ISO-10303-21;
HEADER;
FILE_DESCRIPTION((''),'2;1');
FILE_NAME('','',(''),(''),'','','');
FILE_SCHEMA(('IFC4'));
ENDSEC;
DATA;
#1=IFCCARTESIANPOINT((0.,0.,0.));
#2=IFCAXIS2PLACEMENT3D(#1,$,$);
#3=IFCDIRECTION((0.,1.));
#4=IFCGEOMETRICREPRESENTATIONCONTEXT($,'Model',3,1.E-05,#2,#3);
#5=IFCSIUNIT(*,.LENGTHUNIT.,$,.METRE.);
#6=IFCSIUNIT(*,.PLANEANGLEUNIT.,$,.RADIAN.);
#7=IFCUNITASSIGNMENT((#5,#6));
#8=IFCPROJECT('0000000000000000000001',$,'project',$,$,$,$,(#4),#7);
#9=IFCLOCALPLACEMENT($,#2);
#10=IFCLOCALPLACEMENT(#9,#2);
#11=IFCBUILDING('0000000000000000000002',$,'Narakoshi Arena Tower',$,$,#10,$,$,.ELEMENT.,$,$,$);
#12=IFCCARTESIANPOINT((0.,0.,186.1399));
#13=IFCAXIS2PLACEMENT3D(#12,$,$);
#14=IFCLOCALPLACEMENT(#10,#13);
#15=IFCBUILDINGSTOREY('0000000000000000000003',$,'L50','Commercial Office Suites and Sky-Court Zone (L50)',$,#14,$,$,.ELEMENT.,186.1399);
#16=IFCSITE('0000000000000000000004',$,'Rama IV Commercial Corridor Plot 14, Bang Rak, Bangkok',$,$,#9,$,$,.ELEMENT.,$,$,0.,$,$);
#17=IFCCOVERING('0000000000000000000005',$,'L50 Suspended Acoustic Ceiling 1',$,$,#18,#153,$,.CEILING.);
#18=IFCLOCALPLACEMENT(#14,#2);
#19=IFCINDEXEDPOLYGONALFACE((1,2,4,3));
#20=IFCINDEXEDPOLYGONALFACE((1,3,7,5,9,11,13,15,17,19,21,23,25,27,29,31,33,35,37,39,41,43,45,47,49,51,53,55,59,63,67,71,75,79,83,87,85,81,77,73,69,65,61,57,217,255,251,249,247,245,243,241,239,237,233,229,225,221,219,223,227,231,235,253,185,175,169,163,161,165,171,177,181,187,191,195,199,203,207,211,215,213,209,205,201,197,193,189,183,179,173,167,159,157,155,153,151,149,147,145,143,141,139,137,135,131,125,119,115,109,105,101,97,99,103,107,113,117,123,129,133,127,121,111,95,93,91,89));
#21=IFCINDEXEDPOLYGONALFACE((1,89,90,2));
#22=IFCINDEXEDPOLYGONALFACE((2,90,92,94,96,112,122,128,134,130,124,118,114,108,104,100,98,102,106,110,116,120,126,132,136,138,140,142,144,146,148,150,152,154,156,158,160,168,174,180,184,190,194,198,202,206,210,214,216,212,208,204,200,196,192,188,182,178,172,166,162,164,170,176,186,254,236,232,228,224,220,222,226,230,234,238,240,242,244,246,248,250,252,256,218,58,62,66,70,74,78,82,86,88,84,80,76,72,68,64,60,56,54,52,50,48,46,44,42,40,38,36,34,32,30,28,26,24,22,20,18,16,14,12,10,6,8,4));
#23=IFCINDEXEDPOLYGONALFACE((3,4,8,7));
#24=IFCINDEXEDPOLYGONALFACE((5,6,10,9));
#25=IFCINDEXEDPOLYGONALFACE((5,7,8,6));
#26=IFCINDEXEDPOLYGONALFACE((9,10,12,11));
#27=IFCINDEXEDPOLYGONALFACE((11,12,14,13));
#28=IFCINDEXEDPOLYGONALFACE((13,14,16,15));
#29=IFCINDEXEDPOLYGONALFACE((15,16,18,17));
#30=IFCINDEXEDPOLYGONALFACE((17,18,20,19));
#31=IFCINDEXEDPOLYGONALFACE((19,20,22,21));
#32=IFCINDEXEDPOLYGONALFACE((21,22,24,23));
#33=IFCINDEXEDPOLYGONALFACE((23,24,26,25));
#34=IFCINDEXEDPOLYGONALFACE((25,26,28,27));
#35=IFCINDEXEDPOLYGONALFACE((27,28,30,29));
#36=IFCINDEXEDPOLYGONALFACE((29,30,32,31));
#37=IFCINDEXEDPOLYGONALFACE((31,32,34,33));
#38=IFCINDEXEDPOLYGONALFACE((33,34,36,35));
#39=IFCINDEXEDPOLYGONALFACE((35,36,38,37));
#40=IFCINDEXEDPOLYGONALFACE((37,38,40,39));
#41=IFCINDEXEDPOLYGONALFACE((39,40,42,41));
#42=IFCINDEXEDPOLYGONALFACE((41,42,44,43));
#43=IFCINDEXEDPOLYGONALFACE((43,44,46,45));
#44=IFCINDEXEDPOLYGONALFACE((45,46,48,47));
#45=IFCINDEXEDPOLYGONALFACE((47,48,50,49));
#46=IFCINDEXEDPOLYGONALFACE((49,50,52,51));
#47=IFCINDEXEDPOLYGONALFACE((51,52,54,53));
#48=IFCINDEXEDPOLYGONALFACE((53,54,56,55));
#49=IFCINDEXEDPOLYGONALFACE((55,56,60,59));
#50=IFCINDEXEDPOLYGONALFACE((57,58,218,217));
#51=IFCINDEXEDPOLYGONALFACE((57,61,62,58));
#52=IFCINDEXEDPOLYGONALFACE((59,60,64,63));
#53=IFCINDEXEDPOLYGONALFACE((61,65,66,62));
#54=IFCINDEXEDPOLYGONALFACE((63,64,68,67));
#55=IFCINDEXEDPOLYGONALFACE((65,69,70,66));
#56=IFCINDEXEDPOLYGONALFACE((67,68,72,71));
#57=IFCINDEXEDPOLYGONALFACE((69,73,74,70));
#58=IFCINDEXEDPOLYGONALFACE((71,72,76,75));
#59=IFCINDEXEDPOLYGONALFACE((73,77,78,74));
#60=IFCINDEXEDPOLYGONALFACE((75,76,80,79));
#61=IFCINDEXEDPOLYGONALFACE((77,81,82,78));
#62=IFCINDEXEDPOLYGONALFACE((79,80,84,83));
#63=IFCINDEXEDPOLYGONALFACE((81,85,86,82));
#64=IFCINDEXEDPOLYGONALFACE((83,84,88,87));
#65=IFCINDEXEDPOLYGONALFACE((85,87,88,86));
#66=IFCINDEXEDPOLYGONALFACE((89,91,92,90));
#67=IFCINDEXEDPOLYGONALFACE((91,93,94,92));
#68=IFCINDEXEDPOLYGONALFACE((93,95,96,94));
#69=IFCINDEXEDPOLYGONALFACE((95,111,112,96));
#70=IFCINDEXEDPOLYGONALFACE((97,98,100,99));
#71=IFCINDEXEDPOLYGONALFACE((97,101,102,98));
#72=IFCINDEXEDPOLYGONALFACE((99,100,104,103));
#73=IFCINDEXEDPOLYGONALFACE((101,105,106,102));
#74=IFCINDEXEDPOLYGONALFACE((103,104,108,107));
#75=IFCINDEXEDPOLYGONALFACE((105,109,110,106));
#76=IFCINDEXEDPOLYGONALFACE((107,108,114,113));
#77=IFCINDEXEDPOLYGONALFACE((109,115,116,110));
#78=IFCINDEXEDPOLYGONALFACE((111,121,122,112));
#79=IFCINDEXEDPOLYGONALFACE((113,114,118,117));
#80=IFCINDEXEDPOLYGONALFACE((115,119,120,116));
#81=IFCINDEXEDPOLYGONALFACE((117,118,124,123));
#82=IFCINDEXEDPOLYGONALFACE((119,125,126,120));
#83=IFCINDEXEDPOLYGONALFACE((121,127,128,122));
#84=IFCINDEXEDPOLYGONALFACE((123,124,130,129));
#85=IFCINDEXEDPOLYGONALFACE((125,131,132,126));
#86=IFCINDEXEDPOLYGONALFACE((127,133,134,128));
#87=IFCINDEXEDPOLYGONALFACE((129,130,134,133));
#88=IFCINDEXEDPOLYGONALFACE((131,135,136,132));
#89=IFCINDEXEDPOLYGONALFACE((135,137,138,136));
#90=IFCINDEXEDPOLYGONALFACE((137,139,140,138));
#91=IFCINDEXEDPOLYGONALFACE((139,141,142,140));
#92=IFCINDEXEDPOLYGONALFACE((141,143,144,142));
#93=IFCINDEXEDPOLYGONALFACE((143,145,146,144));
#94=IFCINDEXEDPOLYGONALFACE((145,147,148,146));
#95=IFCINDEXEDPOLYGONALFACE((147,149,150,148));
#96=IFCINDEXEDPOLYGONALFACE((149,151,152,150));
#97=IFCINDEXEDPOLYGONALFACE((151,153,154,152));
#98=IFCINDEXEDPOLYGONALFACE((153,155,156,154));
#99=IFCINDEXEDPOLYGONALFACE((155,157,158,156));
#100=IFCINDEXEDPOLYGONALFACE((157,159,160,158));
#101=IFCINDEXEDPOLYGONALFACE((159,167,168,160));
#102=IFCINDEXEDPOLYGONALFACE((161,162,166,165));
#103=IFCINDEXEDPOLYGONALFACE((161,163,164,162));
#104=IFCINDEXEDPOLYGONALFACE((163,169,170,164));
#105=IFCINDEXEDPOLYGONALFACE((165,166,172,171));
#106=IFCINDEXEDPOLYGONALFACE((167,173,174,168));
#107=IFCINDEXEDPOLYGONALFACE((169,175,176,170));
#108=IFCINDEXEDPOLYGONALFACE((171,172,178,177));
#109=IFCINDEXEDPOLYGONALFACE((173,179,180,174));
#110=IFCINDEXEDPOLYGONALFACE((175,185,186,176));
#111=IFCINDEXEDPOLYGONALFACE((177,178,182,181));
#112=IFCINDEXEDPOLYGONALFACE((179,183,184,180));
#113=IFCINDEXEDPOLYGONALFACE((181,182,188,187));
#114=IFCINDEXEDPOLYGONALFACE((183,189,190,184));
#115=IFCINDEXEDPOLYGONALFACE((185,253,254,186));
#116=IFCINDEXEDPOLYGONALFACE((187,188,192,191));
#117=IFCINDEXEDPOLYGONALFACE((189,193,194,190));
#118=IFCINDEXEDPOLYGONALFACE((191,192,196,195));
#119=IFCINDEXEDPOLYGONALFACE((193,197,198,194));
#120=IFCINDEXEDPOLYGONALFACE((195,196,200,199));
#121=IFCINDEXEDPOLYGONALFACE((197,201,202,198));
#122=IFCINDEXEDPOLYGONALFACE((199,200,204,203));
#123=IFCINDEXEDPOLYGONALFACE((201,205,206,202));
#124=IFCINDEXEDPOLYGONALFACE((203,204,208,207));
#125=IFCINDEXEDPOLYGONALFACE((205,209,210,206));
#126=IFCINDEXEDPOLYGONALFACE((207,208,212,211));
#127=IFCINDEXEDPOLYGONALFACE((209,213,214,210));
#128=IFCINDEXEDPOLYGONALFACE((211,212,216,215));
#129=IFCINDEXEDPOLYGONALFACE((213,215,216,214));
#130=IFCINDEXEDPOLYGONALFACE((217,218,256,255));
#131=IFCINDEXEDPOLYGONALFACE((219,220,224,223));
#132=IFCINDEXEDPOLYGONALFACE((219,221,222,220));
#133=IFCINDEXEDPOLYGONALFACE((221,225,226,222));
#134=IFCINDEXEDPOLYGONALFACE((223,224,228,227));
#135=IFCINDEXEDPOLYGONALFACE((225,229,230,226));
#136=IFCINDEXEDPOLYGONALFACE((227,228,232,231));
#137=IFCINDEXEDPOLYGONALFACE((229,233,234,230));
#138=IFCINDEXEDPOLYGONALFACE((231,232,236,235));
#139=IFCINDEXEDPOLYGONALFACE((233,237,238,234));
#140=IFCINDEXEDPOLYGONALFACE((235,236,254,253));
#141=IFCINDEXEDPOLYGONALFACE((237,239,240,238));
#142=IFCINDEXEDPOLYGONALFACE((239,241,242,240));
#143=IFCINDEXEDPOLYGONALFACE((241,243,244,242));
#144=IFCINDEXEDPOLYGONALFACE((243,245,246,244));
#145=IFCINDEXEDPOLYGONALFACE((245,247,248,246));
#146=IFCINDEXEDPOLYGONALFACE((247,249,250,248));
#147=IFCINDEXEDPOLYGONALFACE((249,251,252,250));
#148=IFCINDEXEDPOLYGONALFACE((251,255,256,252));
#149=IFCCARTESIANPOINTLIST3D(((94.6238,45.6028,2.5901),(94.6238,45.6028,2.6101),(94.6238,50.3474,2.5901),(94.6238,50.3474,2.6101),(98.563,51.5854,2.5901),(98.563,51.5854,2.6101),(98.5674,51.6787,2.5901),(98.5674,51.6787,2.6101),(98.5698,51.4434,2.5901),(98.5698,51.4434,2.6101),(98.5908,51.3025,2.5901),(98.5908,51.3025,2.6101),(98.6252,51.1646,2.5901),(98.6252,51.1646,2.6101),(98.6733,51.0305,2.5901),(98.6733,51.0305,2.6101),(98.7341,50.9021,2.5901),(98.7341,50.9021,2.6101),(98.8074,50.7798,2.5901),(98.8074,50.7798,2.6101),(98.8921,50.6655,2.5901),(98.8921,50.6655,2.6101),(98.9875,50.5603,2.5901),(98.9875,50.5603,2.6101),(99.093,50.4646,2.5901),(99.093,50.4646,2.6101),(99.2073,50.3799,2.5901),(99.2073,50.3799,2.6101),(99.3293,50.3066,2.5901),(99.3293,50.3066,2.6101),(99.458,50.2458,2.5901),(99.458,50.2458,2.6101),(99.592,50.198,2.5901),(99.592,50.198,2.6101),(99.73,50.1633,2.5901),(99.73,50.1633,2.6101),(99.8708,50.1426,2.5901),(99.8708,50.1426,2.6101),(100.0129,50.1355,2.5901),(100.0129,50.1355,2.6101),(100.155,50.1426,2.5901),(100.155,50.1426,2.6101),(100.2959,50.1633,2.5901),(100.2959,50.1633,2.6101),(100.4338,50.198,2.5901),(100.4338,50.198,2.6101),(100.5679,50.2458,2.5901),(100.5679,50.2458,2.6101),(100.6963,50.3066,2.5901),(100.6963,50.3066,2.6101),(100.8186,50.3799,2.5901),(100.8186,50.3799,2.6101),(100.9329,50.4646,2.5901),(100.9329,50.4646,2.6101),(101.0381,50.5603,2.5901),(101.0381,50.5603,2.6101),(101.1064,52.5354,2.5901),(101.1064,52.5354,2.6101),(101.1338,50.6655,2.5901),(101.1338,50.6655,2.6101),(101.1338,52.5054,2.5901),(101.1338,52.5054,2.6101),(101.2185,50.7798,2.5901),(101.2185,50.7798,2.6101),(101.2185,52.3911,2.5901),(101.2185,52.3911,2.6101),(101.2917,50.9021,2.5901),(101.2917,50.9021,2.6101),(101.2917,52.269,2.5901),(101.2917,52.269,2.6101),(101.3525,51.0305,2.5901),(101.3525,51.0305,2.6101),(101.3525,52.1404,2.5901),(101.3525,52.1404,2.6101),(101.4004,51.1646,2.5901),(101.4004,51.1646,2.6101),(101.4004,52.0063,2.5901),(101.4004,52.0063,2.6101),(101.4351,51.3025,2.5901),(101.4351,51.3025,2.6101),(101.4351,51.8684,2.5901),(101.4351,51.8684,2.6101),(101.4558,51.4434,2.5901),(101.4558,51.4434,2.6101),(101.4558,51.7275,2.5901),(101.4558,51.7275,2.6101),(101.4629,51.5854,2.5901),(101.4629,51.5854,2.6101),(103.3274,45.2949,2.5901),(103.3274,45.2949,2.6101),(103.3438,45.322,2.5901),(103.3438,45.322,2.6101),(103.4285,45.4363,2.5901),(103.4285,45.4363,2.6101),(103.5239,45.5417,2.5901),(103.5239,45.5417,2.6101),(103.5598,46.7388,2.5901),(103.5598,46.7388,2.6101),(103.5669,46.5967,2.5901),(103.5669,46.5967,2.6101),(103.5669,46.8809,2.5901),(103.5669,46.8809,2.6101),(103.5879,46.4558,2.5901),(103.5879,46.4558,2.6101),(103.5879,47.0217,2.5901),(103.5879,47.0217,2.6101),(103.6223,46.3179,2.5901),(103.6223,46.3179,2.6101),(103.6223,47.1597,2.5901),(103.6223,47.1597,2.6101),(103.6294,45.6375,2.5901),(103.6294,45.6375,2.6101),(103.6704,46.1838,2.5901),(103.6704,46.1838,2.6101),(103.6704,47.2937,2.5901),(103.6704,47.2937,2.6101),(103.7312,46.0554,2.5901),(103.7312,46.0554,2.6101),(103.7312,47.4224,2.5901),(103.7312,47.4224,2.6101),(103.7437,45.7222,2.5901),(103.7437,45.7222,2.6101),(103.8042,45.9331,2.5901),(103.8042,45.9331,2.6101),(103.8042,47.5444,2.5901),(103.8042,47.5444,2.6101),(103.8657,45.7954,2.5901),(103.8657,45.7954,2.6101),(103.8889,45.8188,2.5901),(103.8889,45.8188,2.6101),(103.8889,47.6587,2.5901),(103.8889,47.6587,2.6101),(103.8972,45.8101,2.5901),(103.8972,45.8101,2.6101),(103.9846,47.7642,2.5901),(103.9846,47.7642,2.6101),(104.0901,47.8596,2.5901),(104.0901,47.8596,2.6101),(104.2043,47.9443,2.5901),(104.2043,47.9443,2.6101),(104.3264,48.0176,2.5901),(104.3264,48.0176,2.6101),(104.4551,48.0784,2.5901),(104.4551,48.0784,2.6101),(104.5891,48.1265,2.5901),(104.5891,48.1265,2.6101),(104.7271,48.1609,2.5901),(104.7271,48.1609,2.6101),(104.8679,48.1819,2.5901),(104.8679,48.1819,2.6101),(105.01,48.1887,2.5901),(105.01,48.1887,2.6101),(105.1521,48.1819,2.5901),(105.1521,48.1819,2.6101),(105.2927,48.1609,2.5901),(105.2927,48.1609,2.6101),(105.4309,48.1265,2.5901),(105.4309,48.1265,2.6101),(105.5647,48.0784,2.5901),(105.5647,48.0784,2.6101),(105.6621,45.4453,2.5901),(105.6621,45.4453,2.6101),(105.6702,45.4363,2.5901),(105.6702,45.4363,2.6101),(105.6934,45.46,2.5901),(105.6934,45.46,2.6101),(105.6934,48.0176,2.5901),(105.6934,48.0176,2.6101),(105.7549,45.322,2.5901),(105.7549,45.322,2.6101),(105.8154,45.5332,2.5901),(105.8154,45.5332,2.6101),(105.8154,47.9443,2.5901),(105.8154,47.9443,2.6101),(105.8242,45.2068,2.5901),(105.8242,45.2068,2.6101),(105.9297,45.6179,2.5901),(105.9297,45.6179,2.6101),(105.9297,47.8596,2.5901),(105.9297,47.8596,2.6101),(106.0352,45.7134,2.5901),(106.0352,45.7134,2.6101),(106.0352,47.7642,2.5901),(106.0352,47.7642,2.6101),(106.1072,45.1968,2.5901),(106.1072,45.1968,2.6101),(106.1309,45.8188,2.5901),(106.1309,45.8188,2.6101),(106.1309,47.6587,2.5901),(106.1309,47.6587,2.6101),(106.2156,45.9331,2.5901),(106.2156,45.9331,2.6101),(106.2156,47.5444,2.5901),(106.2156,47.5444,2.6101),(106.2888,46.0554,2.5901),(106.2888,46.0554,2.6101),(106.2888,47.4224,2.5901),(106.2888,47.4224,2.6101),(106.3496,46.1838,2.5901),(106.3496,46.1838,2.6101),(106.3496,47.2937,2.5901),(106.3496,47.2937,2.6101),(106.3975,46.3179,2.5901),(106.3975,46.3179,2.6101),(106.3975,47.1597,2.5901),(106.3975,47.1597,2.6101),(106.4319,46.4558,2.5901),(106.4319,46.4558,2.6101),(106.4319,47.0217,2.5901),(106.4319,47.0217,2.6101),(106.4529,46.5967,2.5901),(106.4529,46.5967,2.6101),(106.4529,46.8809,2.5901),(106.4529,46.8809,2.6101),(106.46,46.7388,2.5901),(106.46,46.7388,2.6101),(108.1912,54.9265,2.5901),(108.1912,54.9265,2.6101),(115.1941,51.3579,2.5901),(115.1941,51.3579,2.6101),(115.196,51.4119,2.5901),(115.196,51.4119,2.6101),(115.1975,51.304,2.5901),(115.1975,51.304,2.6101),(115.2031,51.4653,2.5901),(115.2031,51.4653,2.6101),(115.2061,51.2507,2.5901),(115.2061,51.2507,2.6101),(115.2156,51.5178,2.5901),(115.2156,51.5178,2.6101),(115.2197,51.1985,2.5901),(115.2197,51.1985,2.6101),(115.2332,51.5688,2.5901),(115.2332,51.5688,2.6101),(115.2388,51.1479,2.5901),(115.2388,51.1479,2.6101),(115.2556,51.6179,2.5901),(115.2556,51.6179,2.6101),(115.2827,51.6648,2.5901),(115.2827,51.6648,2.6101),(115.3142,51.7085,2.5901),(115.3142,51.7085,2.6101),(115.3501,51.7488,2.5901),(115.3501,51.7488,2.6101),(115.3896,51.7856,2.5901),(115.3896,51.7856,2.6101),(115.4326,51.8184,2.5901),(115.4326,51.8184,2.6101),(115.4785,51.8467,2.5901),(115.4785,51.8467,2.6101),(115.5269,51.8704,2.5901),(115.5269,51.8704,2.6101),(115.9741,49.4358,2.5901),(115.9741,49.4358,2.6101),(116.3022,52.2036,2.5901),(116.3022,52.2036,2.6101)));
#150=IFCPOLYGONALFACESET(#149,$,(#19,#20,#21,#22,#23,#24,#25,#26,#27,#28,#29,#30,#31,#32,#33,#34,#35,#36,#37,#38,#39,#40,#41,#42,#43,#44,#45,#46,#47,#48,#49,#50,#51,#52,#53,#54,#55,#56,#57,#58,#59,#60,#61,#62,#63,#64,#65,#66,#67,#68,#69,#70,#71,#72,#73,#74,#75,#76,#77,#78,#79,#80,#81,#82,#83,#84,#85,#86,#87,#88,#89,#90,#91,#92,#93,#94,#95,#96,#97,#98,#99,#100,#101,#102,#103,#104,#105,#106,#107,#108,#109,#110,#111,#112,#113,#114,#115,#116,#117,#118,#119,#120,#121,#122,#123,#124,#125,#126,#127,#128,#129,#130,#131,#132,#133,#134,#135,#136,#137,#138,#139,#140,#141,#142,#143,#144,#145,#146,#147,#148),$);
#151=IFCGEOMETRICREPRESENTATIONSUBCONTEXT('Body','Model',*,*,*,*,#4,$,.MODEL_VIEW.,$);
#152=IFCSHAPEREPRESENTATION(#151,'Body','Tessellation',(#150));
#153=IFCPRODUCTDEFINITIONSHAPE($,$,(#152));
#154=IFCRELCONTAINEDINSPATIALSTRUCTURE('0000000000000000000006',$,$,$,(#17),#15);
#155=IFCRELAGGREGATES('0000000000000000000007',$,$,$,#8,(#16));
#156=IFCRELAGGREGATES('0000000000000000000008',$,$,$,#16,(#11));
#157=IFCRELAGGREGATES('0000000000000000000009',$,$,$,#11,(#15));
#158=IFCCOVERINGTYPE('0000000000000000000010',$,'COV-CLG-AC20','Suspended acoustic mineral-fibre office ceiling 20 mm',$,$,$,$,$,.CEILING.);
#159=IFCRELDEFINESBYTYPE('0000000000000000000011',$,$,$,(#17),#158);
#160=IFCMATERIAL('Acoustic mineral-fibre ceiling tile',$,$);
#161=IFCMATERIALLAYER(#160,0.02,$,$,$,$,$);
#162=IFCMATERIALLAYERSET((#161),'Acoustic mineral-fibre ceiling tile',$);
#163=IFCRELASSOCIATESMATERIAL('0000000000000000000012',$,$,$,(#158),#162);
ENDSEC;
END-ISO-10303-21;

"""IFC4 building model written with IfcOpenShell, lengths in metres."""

from ifc_helpers import new_model, si_unit, direction, frame, origin, place, context, subcontext, project, spatial, polyline, outline, extrude, material, layer, layer_set, type_object, element, save


model = new_model("IFC4")

# Units and contexts
model_context = context("Model", 3, precision=1e-05, world=origin(), true_north=direction((0.0, 1.0)))
body_context = subcontext(model_context, "Body", "Model", "MODEL_VIEW")
ifc_project = project(units=[si_unit("LENGTHUNIT", "METRE"), si_unit("PLANEANGLEUNIT", "RADIAN")], contexts=[model_context])

# Site, building, storey
site_placement = place(None, origin())
site = spatial("IfcSite", under=ifc_project, at=site_placement, Name="Rama IV Commercial Corridor Plot 14, Bang Rak, Bangkok", CompositionType="ELEMENT", RefElevation=0.0)
building_placement = place(site_placement, origin())
building = spatial("IfcBuilding", under=site, at=building_placement, Name="Narakoshi Arena Tower", CompositionType="ELEMENT")
storey_placement = place(building_placement, frame((0.0, 0.0, 186.1399)))
storey = spatial("IfcBuildingStorey", under=building, at=storey_placement, Name="L50", Description="Commercial Office Suites and Sky-Court Zone (L50)", CompositionType="ELEMENT", Elevation=186.1399)

# Covering
ifc_material_1 = material(Name="Acoustic mineral-fibre ceiling tile")
ifc_layer_1 = layer(ifc_material_1, 0.02)
ifc_layer_set_1 = layer_set([ifc_layer_1], Name="Acoustic mineral-fibre ceiling tile")
covering_type_1 = type_object("IfcCoveringType", Name="COV-CLG-AC20", Description="Suspended acoustic mineral-fibre office ceiling 20 mm", PredefinedType="CEILING", material=ifc_layer_set_1)
covering_1_placement = place(storey_placement, frame((0.0, 0.0, 2.5901)))
element("IfcCovering", 1, at=covering_1_placement, inside=storey, type_object=covering_type_1, Name="L50 Suspended Acoustic Ceiling 1", PredefinedType="CEILING", context=body_context, shape_type="SweptSolid", body=[
    extrude(outline(polyline([(115.4785, 51.8467), (115.4326, 51.8184), (115.3896, 51.7856), (115.3501, 51.7488), (115.3142, 51.7085), (115.2827, 51.6648), (115.2556, 51.6179), (115.2332, 51.5688), (115.2156, 51.5178), (115.2031, 51.4653), (115.196, 51.4119), (115.1941, 51.3579), (115.1975, 51.304), (115.2061, 51.2507), (115.2197, 51.1985), (115.2388, 51.1479), (115.9741, 49.4358), (106.1072, 45.1968), (105.8242, 45.2068), (105.7549, 45.322), (105.6702, 45.4363), (105.6621, 45.4453), (105.6934, 45.46), (105.8154, 45.5332), (105.9297, 45.6179), (106.0352, 45.7134), (106.1309, 45.8188), (106.2156, 45.9331), (106.2888, 46.0554), (106.3496, 46.1838), (106.3975, 46.3179), (106.4319, 46.4558), (106.4529, 46.5967), (106.46, 46.7388), (106.4529, 46.8809), (106.4319, 47.0217), (106.3975, 47.1597), (106.3496, 47.2937), (106.2888, 47.4224), (106.2156, 47.5444), (106.1309, 47.6587), (106.0352, 47.7642), (105.9297, 47.8596), (105.8154, 47.9443), (105.6934, 48.0176), (105.5647, 48.0784), (105.4309, 48.1265), (105.2927, 48.1609), (105.1521, 48.1819), (105.01, 48.1887), (104.8679, 48.1819), (104.7271, 48.1609), (104.5891, 48.1265), (104.4551, 48.0784), (104.3264, 48.0176), (104.2043, 47.9443), (104.0901, 47.8596), (103.9846, 47.7642), (103.8889, 47.6587), (103.8042, 47.5444), (103.7312, 47.4224), (103.6704, 47.2937), (103.6223, 47.1597), (103.5879, 47.0217), (103.5669, 46.8809), (103.5598, 46.7388), (103.5669, 46.5967), (103.5879, 46.4558), (103.6223, 46.3179), (103.6704, 46.1838), (103.7312, 46.0554), (103.8042, 45.9331), (103.8889, 45.8188), (103.8972, 45.8101), (103.8657, 45.7954), (103.7437, 45.7222), (103.6294, 45.6375), (103.5239, 45.5417), (103.4285, 45.4363), (103.3438, 45.322), (103.3274, 45.2949), (94.6238, 45.6028), (94.6238, 50.3474), (98.5674, 51.6787), (98.563, 51.5854), (98.5698, 51.4434), (98.5908, 51.3025), (98.6252, 51.1646), (98.6733, 51.0305), (98.7341, 50.9021), (98.8074, 50.7798), (98.8921, 50.6655), (98.9875, 50.5603), (99.093, 50.4646), (99.2073, 50.3799), (99.3293, 50.3066), (99.458, 50.2458), (99.592, 50.198), (99.73, 50.1633), (99.8708, 50.1426), (100.0129, 50.1355), (100.155, 50.1426), (100.2959, 50.1633), (100.4338, 50.198), (100.5679, 50.2458), (100.6963, 50.3066), (100.8186, 50.3799), (100.9329, 50.4646), (101.0381, 50.5603), (101.1338, 50.6655), (101.2185, 50.7798), (101.2917, 50.9021), (101.3525, 51.0305), (101.4004, 51.1646), (101.4351, 51.3025), (101.4558, 51.4434), (101.4629, 51.5854), (101.4558, 51.7275), (101.4351, 51.8684), (101.4004, 52.0063), (101.3525, 52.1404), (101.2917, 52.269), (101.2185, 52.3911), (101.1338, 52.5054), (101.1064, 52.5354), (108.1912, 54.9265), (116.3022, 52.2036), (115.5269, 51.8704), (115.4785, 51.8467)])), origin(), (0.0, 0.0, 1.0), 0.02),
])

save(model, "model.ifc")
